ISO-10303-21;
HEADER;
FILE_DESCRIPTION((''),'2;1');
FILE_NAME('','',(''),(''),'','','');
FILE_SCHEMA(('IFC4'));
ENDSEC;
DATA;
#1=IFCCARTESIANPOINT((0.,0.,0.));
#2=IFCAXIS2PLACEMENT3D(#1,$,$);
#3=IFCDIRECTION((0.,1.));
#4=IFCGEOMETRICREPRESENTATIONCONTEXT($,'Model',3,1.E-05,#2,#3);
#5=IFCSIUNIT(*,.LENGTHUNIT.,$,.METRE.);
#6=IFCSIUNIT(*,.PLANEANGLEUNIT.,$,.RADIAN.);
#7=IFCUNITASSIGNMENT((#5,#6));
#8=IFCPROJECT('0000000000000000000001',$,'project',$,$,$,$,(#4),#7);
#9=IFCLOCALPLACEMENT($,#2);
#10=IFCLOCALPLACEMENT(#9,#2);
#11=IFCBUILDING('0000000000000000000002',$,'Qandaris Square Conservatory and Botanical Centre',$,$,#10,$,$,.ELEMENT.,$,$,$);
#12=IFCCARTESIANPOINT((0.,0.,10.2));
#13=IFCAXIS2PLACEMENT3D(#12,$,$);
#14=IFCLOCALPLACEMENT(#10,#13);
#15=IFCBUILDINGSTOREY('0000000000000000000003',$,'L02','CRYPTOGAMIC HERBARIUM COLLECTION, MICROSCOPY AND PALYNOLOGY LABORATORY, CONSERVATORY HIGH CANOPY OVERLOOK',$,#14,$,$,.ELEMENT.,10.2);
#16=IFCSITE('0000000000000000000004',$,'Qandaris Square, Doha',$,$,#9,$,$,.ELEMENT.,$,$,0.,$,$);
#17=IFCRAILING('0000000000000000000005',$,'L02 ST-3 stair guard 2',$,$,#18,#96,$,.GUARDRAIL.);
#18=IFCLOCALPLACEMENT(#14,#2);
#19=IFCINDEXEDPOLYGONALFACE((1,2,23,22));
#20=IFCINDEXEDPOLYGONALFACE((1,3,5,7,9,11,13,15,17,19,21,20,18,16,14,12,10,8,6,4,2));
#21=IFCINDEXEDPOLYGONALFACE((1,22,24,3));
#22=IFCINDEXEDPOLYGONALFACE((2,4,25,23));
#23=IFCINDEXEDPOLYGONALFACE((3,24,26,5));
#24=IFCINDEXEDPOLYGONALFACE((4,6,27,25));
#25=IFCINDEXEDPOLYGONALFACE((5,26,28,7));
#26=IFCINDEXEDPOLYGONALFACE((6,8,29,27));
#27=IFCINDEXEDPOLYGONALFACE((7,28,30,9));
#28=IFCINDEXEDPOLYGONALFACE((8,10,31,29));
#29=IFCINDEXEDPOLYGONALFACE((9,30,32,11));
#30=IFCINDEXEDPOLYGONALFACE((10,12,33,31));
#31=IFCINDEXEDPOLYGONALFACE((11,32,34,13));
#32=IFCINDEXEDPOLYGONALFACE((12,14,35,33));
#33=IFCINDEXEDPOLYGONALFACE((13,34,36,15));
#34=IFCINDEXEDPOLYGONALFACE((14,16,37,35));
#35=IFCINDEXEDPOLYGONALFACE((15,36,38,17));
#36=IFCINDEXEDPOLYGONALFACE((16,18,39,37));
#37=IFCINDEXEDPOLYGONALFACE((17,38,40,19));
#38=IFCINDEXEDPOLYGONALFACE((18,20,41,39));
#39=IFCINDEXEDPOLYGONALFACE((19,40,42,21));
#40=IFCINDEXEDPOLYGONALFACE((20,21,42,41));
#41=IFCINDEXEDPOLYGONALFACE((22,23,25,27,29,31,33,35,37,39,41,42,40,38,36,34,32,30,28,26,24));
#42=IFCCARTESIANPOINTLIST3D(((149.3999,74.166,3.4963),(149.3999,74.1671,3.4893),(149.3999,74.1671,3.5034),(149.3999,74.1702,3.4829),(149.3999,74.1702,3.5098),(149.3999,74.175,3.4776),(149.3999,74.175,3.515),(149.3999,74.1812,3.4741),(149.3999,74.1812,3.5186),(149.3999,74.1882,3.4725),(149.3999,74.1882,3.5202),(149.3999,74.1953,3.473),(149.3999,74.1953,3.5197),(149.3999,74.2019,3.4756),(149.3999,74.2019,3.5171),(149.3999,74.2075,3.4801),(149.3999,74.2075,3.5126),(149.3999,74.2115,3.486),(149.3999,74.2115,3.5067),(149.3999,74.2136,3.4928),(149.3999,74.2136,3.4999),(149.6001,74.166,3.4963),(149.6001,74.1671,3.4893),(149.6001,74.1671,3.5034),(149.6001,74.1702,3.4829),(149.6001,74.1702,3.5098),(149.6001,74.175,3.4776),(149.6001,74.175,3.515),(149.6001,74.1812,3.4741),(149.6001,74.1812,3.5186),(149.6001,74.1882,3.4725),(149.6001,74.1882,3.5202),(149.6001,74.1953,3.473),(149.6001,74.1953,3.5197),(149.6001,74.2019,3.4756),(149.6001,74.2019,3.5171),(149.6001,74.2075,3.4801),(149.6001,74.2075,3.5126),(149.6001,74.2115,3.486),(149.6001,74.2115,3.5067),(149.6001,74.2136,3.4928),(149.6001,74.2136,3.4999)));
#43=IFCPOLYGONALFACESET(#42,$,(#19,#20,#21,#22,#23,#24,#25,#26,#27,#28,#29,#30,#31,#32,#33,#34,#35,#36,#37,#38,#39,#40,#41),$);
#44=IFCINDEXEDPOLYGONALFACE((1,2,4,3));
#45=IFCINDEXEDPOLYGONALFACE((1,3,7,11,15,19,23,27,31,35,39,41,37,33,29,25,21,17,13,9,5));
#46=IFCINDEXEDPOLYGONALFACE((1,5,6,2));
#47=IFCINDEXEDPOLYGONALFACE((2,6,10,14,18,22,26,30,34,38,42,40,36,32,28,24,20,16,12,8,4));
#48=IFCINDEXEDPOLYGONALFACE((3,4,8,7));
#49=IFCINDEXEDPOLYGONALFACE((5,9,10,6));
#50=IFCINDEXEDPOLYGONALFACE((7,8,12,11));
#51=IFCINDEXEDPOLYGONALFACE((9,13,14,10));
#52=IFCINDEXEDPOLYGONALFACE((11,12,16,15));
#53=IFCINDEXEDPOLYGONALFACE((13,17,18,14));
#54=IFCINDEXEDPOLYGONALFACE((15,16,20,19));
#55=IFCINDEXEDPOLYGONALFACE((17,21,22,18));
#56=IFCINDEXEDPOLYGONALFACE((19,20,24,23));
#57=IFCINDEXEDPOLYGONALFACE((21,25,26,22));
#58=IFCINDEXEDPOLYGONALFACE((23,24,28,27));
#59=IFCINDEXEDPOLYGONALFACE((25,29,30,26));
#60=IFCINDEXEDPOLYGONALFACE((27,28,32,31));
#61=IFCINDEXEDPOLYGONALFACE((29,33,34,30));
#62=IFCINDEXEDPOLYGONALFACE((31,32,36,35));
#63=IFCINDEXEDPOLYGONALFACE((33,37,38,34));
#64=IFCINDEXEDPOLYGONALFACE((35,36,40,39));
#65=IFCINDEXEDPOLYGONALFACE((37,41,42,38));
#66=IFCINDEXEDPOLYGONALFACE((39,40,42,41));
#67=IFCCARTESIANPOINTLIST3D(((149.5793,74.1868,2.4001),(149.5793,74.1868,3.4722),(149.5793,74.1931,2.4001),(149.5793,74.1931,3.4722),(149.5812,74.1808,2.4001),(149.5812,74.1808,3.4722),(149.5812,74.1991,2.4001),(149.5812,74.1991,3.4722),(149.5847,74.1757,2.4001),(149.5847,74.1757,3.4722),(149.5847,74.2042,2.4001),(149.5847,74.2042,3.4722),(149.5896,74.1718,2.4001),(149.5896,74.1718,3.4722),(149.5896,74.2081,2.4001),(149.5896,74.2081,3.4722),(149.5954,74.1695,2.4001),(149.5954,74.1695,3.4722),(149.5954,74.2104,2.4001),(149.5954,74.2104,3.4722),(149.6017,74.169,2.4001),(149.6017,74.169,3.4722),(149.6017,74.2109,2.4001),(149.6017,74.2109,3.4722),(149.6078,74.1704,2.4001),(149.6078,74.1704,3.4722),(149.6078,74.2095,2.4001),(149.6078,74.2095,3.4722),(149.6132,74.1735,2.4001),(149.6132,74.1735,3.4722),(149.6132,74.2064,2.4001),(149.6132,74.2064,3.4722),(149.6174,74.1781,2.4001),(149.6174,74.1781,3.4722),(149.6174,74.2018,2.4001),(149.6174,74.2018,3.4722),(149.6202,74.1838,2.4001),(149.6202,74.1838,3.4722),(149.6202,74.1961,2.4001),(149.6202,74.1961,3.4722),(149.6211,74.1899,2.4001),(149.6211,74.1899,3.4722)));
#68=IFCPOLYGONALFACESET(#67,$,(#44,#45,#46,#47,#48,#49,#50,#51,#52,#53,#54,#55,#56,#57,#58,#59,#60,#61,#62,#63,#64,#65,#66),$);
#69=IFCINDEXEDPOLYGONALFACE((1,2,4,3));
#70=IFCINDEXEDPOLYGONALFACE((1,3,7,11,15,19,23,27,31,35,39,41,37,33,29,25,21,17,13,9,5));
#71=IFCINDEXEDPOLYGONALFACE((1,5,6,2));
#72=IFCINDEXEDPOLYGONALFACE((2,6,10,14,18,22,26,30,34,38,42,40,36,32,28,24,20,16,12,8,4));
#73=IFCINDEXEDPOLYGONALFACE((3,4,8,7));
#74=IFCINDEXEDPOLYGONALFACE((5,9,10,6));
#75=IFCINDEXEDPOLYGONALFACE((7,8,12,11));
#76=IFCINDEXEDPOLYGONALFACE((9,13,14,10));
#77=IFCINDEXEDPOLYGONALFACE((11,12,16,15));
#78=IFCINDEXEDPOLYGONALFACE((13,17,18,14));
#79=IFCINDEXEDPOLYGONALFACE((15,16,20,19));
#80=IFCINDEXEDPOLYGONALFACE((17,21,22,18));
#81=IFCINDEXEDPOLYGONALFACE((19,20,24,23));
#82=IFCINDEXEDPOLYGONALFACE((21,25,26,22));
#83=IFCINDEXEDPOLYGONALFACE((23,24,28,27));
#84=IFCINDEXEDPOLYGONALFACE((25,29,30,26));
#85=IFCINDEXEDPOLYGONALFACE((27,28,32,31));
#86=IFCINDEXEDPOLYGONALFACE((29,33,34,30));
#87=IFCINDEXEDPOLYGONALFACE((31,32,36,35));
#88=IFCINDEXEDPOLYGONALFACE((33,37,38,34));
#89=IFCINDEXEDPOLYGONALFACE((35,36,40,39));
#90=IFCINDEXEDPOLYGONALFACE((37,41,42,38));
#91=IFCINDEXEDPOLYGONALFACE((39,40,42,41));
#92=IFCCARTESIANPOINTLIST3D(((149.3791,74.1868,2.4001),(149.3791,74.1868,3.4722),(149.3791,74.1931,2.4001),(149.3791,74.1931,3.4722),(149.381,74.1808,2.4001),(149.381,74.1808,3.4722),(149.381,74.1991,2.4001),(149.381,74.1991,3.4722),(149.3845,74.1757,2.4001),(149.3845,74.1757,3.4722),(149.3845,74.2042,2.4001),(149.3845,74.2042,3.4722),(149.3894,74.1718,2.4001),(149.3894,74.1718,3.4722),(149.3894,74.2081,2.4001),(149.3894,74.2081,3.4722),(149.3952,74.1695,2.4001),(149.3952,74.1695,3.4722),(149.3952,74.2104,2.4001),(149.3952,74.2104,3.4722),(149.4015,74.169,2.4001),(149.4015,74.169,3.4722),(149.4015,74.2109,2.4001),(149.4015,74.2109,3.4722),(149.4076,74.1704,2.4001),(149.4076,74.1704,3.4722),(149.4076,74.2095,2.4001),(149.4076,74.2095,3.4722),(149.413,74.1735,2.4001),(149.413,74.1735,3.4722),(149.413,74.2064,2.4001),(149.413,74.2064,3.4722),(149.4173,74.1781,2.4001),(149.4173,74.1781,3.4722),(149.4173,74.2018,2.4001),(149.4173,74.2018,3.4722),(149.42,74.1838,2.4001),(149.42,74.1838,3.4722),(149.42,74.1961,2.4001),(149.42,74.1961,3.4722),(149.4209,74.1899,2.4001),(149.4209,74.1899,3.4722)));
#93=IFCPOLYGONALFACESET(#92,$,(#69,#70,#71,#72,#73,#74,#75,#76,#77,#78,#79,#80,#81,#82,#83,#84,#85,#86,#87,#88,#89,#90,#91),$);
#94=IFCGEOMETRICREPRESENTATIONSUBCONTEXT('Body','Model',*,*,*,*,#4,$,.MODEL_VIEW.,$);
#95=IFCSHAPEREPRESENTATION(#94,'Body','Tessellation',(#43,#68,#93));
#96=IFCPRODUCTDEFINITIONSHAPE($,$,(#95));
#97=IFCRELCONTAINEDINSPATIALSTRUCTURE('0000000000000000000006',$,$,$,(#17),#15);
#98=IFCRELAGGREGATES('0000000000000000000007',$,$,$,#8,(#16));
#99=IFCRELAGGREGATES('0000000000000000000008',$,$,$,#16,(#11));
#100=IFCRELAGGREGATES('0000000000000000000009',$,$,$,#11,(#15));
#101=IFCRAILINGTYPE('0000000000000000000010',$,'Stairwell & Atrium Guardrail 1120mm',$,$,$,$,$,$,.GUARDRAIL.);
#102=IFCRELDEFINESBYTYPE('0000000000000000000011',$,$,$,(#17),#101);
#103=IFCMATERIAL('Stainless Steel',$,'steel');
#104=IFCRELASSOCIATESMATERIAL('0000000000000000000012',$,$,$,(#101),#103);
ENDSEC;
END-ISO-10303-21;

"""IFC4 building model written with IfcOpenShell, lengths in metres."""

from ifc_helpers import new_model, si_unit, direction, frame, origin, origin_2d, place, context, subcontext, project, spatial, circle, extrude, material, type_object, element, save


model = new_model("IFC4")

# Units and contexts
model_context = context("Model", 3, precision=1e-05, world=origin(), true_north=direction((0.0, 1.0)))
body_context = subcontext(model_context, "Body", "Model", "MODEL_VIEW")
ifc_project = project(units=[si_unit("LENGTHUNIT", "METRE"), si_unit("PLANEANGLEUNIT", "RADIAN")], contexts=[model_context])

# Site, building, storey
site_placement = place(None, origin())
site = spatial("IfcSite", under=ifc_project, at=site_placement, Name="Qandaris Square, Doha", CompositionType="ELEMENT", RefElevation=0.0)
building_placement = place(site_placement, origin())
building = spatial("IfcBuilding", under=site, at=building_placement, Name="Qandaris Square Conservatory and Botanical Centre", CompositionType="ELEMENT")
storey_placement = place(building_placement, frame((0.0, 0.0, 10.2)))
storey = spatial("IfcBuildingStorey", under=building, at=storey_placement, Name="L02", Description="CRYPTOGAMIC HERBARIUM COLLECTION, MICROSCOPY AND PALYNOLOGY LABORATORY, CONSERVATORY HIGH CANOPY OVERLOOK", CompositionType="ELEMENT", Elevation=10.2)

# Railing
ifc_material_1 = material(Name="Stainless Steel", Category="steel")
railing_type_1 = type_object("IfcRailingType", Name="Stairwell & Atrium Guardrail 1120mm", PredefinedType="GUARDRAIL", material=ifc_material_1)
railing_1_placement = place(storey_placement, frame((149.6001, 74.1899, 2.4001)))
element("IfcRailing", 1, at=railing_1_placement, inside=storey, type_object=railing_type_1, Name="L02 ST-3 stair guard 2", PredefinedType="GUARDRAIL", context=body_context, shape_type="SweptSolid", body=[
    extrude(circle(Radius=0.0239, at=origin_2d()), frame((0.0, 0.0, 1.0962), z_axis=(-1.0, 0.0, 0.0), x_axis=(0.0, -1.0, 0.0)), (0.0, 0.0, 1.0), 0.2002),
    extrude(circle(Radius=0.021, at=origin_2d()), origin(), (0.0, 0.0, 1.0), 1.072),
    extrude(circle(Radius=0.021, at=origin_2d()), frame((-0.2002, 0.0, 0.0)), (0.0, 0.0, 1.0), 1.072),
])

save(model, "model.ifc")
